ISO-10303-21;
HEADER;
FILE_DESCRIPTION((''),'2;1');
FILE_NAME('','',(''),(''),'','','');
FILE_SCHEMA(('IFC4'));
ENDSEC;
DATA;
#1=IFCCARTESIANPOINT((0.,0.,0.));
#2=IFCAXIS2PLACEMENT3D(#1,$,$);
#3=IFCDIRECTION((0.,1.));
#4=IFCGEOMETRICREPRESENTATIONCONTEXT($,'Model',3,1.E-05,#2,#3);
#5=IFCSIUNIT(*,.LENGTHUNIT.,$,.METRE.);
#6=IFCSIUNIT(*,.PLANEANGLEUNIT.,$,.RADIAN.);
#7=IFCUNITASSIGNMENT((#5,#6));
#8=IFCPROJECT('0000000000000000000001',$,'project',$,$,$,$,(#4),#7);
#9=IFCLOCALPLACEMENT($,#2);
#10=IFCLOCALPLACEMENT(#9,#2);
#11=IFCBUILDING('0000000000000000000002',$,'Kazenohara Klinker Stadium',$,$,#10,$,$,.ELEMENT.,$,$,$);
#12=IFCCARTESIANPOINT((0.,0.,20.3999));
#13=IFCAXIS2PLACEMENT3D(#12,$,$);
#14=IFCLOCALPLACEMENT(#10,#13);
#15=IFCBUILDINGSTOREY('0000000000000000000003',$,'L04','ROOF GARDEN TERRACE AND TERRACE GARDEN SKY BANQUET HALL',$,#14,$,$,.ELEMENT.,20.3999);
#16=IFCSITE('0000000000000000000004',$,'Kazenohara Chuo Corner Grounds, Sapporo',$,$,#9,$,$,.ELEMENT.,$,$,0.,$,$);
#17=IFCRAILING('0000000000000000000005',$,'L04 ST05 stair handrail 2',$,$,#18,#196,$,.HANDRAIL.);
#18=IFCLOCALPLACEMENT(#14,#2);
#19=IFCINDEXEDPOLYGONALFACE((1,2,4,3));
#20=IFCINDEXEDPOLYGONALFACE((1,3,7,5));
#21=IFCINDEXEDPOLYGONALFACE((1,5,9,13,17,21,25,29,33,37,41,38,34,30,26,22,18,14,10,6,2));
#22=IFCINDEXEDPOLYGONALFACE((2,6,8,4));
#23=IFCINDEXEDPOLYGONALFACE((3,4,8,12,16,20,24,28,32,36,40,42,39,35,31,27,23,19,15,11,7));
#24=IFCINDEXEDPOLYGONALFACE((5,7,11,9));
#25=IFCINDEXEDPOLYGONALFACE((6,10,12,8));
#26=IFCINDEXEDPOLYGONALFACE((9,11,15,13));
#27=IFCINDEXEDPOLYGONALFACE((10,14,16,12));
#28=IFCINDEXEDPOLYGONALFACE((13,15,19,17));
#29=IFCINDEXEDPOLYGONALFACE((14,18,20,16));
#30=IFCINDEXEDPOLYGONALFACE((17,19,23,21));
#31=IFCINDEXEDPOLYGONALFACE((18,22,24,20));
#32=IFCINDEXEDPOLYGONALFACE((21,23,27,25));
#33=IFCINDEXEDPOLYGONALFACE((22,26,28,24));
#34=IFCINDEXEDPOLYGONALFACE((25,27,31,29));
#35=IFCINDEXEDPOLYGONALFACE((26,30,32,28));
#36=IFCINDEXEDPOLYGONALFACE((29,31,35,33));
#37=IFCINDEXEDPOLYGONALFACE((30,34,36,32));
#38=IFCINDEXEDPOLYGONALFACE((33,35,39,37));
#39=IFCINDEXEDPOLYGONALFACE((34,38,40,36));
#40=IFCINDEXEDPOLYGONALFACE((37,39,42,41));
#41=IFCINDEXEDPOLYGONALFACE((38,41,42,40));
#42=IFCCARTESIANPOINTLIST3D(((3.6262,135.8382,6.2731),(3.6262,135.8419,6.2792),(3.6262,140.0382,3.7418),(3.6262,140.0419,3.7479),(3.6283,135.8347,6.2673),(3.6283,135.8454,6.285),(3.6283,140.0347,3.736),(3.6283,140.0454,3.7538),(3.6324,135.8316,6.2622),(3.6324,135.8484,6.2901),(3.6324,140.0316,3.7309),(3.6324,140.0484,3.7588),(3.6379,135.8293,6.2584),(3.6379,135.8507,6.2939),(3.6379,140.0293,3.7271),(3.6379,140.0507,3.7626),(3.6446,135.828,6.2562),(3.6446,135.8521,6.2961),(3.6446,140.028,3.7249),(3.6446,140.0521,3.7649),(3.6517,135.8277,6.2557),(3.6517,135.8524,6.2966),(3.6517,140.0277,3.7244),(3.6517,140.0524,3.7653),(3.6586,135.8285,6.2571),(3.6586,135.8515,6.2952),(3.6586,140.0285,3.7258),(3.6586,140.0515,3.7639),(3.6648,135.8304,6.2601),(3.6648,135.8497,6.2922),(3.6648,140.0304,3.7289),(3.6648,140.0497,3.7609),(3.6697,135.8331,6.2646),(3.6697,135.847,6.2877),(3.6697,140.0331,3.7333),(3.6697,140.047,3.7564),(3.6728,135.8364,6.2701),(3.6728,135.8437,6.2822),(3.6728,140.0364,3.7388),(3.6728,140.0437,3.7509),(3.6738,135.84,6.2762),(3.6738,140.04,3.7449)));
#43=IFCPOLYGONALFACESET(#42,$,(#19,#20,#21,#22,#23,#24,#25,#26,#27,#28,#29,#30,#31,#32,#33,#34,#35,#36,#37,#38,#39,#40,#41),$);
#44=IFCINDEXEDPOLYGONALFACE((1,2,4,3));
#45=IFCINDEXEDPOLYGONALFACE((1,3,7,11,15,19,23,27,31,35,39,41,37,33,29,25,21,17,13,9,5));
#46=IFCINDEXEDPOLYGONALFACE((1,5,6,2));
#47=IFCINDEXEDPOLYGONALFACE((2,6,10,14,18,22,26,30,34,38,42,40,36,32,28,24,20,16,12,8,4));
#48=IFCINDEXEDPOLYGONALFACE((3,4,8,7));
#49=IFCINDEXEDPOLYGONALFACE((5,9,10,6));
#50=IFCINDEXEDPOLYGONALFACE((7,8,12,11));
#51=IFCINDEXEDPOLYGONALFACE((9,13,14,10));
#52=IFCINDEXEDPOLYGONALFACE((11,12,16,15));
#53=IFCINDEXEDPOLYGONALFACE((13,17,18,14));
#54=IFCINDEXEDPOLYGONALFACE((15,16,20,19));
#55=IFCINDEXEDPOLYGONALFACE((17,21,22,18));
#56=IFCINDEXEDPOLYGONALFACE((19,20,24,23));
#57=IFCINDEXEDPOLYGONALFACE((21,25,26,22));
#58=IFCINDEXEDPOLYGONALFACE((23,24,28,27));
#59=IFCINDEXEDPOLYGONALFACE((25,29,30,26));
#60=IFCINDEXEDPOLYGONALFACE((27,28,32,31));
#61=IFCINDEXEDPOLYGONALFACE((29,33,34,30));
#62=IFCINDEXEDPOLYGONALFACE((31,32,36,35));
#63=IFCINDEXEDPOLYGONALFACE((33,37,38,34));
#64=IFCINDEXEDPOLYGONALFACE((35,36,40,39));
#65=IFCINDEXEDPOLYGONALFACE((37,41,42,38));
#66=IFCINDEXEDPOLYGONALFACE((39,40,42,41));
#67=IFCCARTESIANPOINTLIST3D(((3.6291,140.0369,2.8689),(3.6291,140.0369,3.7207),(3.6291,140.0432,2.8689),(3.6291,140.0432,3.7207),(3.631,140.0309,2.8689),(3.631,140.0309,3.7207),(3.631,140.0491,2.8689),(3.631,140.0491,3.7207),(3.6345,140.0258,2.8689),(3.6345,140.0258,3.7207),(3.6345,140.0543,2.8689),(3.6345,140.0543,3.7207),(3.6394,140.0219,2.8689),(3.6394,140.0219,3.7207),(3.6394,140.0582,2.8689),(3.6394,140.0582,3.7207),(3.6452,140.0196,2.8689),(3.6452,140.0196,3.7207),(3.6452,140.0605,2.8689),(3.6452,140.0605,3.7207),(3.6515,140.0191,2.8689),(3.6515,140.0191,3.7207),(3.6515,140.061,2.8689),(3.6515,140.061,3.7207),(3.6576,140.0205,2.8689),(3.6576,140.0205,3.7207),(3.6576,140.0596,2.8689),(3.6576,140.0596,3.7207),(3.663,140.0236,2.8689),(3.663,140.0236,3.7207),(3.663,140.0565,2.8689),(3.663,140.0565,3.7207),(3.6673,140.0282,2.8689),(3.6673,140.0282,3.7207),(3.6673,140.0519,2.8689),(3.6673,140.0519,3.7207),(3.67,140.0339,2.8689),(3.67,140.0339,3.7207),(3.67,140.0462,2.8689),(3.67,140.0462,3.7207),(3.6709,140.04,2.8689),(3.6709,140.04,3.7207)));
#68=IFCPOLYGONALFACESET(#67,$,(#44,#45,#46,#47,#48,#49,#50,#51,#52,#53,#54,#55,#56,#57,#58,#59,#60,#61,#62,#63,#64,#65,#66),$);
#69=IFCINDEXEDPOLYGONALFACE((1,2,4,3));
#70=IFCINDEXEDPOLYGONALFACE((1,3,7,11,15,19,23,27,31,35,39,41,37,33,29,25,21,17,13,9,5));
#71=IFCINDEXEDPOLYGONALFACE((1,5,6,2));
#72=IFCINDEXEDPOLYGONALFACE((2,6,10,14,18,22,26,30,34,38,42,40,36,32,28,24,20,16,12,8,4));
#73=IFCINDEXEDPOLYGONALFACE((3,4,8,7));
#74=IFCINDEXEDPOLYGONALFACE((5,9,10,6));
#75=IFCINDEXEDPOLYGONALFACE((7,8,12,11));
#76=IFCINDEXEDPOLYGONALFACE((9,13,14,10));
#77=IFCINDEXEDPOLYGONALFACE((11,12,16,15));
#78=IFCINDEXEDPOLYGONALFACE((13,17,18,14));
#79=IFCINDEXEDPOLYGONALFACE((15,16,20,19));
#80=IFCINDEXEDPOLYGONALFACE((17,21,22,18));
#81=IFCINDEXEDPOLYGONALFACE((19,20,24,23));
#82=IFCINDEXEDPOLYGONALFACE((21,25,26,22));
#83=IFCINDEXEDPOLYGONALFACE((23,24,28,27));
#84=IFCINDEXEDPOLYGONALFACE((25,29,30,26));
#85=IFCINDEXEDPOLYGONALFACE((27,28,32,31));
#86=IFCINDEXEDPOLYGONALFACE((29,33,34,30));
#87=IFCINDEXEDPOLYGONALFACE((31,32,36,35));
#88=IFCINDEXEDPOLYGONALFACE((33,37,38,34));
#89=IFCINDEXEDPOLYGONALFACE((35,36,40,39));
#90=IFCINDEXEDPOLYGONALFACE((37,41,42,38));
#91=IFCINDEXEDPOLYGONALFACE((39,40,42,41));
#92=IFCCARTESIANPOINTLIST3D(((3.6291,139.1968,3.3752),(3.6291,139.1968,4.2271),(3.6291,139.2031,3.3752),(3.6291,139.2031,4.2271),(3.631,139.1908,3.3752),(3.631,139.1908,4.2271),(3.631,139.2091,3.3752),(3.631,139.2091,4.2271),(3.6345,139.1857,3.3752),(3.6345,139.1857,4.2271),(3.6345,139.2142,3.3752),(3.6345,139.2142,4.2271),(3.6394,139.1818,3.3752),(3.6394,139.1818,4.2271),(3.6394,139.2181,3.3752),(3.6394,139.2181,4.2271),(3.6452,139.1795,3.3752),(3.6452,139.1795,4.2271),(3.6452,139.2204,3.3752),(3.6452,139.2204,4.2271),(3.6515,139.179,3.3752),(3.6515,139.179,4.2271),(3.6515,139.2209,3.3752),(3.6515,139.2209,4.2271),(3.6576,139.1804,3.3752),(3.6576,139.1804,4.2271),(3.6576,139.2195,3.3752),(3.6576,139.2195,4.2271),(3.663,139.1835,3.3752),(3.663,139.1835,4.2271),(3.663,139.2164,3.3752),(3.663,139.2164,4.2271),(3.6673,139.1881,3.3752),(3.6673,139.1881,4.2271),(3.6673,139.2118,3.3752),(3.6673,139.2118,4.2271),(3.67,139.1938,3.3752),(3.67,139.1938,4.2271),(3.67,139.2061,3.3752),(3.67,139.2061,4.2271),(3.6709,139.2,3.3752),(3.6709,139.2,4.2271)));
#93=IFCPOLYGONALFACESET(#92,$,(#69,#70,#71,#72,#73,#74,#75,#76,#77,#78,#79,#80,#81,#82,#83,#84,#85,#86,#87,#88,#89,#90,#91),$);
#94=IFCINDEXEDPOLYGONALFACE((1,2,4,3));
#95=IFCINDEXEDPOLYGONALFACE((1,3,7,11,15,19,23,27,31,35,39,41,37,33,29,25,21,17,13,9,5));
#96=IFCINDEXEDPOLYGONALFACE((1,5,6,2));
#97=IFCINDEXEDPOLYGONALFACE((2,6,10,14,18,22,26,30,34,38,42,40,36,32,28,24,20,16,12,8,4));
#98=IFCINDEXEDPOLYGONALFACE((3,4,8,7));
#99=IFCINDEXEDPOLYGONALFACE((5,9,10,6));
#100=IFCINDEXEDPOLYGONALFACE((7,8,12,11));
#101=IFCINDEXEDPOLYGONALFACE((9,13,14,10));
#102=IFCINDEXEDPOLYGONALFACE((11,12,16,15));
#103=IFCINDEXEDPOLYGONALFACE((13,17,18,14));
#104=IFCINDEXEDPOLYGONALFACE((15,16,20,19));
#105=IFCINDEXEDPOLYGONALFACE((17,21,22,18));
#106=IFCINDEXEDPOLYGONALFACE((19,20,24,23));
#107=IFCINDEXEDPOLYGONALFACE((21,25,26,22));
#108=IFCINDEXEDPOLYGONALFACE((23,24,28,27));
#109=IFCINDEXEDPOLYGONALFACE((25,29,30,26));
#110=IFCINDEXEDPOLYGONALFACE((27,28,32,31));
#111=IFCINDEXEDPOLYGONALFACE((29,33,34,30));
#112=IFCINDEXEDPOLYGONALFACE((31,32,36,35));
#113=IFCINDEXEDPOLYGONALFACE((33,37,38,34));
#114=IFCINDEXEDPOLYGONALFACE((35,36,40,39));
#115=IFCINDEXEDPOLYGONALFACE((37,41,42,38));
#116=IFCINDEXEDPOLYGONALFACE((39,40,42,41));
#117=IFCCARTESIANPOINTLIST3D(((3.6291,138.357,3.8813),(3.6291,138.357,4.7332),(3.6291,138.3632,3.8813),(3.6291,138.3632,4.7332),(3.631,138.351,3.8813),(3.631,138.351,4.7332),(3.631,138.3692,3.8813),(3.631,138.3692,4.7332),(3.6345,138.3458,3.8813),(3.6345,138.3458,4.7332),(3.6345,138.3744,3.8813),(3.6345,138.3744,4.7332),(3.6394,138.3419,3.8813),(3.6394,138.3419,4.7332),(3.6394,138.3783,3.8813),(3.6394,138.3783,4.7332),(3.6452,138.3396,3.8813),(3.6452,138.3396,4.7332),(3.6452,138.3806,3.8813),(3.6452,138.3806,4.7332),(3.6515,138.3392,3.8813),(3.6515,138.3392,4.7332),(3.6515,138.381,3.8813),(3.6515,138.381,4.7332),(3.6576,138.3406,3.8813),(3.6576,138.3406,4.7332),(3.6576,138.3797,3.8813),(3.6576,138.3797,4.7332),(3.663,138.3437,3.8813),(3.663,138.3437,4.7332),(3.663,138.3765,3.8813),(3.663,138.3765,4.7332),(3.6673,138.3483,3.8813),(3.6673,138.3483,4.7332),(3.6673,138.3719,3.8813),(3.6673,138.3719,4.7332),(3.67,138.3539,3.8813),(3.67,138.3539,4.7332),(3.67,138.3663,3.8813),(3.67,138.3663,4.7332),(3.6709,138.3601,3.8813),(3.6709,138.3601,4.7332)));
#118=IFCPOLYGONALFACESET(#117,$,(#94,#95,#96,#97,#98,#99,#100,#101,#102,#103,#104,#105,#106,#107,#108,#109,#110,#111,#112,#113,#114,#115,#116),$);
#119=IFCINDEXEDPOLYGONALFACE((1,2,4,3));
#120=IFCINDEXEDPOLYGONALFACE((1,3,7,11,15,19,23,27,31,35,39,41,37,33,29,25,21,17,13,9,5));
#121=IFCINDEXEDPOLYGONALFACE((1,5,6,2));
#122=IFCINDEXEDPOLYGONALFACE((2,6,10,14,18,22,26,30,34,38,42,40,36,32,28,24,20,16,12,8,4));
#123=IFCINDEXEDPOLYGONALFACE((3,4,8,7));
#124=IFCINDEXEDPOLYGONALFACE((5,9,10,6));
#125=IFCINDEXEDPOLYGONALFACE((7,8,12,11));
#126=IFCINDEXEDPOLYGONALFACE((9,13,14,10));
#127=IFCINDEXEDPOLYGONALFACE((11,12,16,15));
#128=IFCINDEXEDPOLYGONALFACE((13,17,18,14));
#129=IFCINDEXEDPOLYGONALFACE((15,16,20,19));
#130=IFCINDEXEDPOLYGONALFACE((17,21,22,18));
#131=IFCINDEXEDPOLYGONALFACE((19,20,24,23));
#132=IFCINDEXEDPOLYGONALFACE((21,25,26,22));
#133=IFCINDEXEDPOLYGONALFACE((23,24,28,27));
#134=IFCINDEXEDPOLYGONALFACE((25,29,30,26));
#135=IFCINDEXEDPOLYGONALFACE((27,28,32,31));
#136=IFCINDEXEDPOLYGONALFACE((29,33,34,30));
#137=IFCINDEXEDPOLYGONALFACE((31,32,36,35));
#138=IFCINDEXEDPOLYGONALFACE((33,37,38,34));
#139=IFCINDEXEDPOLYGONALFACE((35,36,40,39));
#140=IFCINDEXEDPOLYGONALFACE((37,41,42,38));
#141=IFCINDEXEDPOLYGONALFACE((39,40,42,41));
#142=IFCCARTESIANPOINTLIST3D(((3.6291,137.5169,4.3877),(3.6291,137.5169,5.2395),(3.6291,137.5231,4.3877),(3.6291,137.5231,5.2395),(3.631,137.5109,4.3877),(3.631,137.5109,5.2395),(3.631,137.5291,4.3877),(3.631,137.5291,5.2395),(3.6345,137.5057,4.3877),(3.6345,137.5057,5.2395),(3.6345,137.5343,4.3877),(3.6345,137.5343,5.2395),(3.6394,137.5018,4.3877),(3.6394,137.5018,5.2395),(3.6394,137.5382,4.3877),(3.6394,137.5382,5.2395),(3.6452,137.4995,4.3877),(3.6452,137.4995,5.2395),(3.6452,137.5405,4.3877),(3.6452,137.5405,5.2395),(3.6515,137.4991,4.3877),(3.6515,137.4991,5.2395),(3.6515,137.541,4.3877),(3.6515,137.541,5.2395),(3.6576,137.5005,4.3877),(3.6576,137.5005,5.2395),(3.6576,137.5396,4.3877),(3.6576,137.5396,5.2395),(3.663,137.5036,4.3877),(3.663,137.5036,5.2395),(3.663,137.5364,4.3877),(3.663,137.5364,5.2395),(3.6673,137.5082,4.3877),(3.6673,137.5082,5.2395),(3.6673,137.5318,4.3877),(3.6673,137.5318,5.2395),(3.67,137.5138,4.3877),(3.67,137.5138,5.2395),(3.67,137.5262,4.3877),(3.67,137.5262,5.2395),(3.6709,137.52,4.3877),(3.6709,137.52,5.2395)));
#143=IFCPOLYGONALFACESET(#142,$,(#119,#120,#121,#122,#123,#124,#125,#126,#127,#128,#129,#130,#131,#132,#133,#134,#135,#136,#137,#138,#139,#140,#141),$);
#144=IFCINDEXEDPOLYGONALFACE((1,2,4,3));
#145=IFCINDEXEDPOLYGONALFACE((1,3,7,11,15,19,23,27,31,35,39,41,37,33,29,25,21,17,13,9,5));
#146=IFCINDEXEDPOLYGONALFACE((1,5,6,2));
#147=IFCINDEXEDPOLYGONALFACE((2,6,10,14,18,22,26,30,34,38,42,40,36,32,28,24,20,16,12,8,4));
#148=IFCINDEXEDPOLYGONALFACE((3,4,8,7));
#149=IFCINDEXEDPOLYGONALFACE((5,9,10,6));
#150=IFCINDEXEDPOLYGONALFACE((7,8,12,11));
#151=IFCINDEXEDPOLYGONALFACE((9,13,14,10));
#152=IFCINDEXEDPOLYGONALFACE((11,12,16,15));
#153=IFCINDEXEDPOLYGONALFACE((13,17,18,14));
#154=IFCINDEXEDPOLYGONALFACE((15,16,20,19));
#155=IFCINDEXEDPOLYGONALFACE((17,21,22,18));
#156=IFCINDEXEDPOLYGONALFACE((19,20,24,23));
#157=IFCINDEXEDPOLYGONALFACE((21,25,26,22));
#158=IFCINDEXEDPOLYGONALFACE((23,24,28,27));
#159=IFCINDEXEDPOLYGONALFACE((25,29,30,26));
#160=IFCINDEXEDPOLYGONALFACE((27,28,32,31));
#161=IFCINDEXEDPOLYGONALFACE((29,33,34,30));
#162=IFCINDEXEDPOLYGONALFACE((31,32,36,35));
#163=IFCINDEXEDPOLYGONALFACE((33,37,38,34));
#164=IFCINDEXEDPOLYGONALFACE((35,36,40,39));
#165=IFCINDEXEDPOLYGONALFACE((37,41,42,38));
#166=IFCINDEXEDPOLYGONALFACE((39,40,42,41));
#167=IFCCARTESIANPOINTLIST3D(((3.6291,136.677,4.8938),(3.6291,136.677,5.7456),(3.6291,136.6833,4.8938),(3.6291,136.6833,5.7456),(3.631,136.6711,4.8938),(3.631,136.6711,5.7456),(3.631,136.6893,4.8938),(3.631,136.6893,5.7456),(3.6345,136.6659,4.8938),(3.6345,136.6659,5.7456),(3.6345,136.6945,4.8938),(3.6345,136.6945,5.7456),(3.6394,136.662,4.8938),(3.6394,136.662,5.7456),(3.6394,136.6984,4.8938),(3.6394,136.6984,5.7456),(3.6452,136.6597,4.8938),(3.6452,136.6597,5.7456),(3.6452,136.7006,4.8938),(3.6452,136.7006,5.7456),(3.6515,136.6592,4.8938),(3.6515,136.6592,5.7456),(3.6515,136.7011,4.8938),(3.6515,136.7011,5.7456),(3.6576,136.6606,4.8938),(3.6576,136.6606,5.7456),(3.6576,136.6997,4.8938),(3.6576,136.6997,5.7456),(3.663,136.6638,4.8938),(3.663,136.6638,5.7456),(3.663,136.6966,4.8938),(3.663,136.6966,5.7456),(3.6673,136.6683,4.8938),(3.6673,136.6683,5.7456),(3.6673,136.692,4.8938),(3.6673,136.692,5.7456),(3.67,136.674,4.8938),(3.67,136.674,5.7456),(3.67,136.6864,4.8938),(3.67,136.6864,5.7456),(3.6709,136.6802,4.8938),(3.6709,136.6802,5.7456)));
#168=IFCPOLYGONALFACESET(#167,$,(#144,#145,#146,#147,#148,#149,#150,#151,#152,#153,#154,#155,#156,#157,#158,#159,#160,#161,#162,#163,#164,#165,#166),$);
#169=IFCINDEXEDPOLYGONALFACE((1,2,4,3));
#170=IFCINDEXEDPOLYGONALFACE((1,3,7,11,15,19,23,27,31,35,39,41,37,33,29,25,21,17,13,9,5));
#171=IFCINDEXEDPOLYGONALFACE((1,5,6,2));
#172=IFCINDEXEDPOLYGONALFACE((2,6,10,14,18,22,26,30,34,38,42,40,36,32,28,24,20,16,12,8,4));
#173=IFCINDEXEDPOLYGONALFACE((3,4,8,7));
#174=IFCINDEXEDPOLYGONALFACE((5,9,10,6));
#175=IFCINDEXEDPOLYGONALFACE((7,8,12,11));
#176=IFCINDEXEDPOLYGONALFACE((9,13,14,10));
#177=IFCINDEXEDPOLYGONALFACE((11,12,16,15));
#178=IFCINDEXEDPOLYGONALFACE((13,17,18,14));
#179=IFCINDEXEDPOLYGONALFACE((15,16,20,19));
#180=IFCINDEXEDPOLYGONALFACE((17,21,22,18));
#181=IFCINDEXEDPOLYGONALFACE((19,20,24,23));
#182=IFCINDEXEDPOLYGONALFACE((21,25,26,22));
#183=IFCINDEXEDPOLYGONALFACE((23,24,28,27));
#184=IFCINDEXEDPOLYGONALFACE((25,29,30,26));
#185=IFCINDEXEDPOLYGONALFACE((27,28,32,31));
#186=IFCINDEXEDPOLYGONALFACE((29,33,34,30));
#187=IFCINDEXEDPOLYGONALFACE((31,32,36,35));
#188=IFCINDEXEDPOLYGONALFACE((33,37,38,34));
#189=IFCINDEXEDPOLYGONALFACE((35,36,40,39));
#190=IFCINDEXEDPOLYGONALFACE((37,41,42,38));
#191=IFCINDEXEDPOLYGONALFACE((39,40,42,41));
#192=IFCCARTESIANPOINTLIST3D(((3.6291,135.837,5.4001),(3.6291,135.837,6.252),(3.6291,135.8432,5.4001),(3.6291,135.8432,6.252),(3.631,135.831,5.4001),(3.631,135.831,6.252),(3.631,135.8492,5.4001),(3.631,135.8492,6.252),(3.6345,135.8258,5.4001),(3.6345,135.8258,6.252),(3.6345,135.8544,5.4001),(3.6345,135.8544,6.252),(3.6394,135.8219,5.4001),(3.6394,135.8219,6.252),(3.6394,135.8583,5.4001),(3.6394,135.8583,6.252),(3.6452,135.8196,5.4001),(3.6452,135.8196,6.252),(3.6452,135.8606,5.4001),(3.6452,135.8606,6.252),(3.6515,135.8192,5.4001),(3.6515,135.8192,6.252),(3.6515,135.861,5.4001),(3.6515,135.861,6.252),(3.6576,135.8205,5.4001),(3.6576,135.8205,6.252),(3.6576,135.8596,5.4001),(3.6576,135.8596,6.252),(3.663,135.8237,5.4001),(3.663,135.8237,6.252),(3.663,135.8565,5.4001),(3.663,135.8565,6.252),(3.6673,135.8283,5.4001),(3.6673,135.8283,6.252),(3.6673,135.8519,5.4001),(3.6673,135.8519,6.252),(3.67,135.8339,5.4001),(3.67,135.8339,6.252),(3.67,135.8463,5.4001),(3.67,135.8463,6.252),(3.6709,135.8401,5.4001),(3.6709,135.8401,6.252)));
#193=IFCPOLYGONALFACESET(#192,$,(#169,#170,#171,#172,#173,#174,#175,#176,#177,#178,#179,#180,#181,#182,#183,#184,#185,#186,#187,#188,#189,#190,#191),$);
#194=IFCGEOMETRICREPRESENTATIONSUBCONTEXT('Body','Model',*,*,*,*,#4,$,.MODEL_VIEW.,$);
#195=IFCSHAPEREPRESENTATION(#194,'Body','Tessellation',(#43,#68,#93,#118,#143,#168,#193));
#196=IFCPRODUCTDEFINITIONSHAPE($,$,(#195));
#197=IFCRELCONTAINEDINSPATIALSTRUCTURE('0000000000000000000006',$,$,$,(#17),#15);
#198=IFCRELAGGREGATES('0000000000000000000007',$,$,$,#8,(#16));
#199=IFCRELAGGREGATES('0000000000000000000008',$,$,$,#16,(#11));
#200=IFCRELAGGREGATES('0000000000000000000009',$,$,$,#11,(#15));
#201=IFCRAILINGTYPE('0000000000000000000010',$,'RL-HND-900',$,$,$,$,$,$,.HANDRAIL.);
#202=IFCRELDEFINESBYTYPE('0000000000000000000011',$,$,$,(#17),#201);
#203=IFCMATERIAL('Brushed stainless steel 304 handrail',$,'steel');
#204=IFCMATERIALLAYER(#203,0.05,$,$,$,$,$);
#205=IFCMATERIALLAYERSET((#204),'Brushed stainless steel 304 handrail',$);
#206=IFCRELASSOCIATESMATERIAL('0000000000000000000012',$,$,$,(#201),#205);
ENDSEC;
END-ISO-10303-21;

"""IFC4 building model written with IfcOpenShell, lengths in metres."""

from ifc_helpers import new_model, si_unit, direction, frame, origin, origin_2d, place, context, subcontext, project, spatial, circle, extrude, material, layer, layer_set, type_object, element, save


model = new_model("IFC4")

# Units and contexts
model_context = context("Model", 3, precision=1e-05, world=origin(), true_north=direction((0.0, 1.0)))
body_context = subcontext(model_context, "Body", "Model", "MODEL_VIEW")
ifc_project = project(units=[si_unit("LENGTHUNIT", "METRE"), si_unit("PLANEANGLEUNIT", "RADIAN")], contexts=[model_context])

# Site, building, storey
site_placement = place(None, origin())
site = spatial("IfcSite", under=ifc_project, at=site_placement, Name="Kazenohara Chuo Corner Grounds, Sapporo", CompositionType="ELEMENT", RefElevation=0.0)
building_placement = place(site_placement, origin())
building = spatial("IfcBuilding", under=site, at=building_placement, Name="Kazenohara Klinker Stadium", CompositionType="ELEMENT")
storey_placement = place(building_placement, frame((0.0, 0.0, 20.3999)))
storey = spatial("IfcBuildingStorey", under=building, at=storey_placement, Name="L04", Description="ROOF GARDEN TERRACE AND TERRACE GARDEN SKY BANQUET HALL", CompositionType="ELEMENT", Elevation=20.3999)

# Railing
ifc_material_1 = material(Name="Brushed stainless steel 304 handrail", Category="steel")
ifc_layer_1 = layer(ifc_material_1, 0.05)
ifc_layer_set_1 = layer_set([ifc_layer_1], Name="Brushed stainless steel 304 handrail")
railing_type_1 = type_object("IfcRailingType", Name="RL-HND-900", PredefinedType="HANDRAIL", material=ifc_layer_set_1)
railing_1_placement = place(storey_placement, frame((3.6499, 140.04, 2.8689)))
element("IfcRailing", 1, at=railing_1_placement, inside=storey, type_object=railing_type_1, Name="L04 ST05 stair handrail 2", PredefinedType="HANDRAIL", context=body_context, shape_type="SweptSolid", body=[
    extrude(circle(Radius=0.0239, at=origin_2d()), frame((0.0, 0.0, 0.876), z_axis=(0.0, -0.856476, 0.516186), x_axis=(1.0, 0.0, 0.0)), (0.0, 0.0, 1.0), 4.9038),
    extrude(circle(Radius=0.021, at=origin_2d()), origin(), (0.0, 0.0, 1.0), 0.8518),
    extrude(circle(Radius=0.021, at=origin_2d()), frame((0.0, -0.8401, 0.5063)), (0.0, 0.0, 1.0), 0.8518),
    extrude(circle(Radius=0.021, at=origin_2d()), frame((0.0, -1.6799, 1.0125)), (0.0, 0.0, 1.0), 0.8518),
    extrude(circle(Radius=0.021, at=origin_2d()), frame((0.0, -2.52, 1.5188)), (0.0, 0.0, 1.0), 0.8518),
    extrude(circle(Radius=0.021, at=origin_2d()), frame((0.0, -3.3599, 2.0249)), (0.0, 0.0, 1.0), 0.8518),
    extrude(circle(Radius=0.021, at=origin_2d()), frame((0.0, -4.2, 2.5312)), (0.0, 0.0, 1.0), 0.8518),
])

save(model, "model.ifc")
